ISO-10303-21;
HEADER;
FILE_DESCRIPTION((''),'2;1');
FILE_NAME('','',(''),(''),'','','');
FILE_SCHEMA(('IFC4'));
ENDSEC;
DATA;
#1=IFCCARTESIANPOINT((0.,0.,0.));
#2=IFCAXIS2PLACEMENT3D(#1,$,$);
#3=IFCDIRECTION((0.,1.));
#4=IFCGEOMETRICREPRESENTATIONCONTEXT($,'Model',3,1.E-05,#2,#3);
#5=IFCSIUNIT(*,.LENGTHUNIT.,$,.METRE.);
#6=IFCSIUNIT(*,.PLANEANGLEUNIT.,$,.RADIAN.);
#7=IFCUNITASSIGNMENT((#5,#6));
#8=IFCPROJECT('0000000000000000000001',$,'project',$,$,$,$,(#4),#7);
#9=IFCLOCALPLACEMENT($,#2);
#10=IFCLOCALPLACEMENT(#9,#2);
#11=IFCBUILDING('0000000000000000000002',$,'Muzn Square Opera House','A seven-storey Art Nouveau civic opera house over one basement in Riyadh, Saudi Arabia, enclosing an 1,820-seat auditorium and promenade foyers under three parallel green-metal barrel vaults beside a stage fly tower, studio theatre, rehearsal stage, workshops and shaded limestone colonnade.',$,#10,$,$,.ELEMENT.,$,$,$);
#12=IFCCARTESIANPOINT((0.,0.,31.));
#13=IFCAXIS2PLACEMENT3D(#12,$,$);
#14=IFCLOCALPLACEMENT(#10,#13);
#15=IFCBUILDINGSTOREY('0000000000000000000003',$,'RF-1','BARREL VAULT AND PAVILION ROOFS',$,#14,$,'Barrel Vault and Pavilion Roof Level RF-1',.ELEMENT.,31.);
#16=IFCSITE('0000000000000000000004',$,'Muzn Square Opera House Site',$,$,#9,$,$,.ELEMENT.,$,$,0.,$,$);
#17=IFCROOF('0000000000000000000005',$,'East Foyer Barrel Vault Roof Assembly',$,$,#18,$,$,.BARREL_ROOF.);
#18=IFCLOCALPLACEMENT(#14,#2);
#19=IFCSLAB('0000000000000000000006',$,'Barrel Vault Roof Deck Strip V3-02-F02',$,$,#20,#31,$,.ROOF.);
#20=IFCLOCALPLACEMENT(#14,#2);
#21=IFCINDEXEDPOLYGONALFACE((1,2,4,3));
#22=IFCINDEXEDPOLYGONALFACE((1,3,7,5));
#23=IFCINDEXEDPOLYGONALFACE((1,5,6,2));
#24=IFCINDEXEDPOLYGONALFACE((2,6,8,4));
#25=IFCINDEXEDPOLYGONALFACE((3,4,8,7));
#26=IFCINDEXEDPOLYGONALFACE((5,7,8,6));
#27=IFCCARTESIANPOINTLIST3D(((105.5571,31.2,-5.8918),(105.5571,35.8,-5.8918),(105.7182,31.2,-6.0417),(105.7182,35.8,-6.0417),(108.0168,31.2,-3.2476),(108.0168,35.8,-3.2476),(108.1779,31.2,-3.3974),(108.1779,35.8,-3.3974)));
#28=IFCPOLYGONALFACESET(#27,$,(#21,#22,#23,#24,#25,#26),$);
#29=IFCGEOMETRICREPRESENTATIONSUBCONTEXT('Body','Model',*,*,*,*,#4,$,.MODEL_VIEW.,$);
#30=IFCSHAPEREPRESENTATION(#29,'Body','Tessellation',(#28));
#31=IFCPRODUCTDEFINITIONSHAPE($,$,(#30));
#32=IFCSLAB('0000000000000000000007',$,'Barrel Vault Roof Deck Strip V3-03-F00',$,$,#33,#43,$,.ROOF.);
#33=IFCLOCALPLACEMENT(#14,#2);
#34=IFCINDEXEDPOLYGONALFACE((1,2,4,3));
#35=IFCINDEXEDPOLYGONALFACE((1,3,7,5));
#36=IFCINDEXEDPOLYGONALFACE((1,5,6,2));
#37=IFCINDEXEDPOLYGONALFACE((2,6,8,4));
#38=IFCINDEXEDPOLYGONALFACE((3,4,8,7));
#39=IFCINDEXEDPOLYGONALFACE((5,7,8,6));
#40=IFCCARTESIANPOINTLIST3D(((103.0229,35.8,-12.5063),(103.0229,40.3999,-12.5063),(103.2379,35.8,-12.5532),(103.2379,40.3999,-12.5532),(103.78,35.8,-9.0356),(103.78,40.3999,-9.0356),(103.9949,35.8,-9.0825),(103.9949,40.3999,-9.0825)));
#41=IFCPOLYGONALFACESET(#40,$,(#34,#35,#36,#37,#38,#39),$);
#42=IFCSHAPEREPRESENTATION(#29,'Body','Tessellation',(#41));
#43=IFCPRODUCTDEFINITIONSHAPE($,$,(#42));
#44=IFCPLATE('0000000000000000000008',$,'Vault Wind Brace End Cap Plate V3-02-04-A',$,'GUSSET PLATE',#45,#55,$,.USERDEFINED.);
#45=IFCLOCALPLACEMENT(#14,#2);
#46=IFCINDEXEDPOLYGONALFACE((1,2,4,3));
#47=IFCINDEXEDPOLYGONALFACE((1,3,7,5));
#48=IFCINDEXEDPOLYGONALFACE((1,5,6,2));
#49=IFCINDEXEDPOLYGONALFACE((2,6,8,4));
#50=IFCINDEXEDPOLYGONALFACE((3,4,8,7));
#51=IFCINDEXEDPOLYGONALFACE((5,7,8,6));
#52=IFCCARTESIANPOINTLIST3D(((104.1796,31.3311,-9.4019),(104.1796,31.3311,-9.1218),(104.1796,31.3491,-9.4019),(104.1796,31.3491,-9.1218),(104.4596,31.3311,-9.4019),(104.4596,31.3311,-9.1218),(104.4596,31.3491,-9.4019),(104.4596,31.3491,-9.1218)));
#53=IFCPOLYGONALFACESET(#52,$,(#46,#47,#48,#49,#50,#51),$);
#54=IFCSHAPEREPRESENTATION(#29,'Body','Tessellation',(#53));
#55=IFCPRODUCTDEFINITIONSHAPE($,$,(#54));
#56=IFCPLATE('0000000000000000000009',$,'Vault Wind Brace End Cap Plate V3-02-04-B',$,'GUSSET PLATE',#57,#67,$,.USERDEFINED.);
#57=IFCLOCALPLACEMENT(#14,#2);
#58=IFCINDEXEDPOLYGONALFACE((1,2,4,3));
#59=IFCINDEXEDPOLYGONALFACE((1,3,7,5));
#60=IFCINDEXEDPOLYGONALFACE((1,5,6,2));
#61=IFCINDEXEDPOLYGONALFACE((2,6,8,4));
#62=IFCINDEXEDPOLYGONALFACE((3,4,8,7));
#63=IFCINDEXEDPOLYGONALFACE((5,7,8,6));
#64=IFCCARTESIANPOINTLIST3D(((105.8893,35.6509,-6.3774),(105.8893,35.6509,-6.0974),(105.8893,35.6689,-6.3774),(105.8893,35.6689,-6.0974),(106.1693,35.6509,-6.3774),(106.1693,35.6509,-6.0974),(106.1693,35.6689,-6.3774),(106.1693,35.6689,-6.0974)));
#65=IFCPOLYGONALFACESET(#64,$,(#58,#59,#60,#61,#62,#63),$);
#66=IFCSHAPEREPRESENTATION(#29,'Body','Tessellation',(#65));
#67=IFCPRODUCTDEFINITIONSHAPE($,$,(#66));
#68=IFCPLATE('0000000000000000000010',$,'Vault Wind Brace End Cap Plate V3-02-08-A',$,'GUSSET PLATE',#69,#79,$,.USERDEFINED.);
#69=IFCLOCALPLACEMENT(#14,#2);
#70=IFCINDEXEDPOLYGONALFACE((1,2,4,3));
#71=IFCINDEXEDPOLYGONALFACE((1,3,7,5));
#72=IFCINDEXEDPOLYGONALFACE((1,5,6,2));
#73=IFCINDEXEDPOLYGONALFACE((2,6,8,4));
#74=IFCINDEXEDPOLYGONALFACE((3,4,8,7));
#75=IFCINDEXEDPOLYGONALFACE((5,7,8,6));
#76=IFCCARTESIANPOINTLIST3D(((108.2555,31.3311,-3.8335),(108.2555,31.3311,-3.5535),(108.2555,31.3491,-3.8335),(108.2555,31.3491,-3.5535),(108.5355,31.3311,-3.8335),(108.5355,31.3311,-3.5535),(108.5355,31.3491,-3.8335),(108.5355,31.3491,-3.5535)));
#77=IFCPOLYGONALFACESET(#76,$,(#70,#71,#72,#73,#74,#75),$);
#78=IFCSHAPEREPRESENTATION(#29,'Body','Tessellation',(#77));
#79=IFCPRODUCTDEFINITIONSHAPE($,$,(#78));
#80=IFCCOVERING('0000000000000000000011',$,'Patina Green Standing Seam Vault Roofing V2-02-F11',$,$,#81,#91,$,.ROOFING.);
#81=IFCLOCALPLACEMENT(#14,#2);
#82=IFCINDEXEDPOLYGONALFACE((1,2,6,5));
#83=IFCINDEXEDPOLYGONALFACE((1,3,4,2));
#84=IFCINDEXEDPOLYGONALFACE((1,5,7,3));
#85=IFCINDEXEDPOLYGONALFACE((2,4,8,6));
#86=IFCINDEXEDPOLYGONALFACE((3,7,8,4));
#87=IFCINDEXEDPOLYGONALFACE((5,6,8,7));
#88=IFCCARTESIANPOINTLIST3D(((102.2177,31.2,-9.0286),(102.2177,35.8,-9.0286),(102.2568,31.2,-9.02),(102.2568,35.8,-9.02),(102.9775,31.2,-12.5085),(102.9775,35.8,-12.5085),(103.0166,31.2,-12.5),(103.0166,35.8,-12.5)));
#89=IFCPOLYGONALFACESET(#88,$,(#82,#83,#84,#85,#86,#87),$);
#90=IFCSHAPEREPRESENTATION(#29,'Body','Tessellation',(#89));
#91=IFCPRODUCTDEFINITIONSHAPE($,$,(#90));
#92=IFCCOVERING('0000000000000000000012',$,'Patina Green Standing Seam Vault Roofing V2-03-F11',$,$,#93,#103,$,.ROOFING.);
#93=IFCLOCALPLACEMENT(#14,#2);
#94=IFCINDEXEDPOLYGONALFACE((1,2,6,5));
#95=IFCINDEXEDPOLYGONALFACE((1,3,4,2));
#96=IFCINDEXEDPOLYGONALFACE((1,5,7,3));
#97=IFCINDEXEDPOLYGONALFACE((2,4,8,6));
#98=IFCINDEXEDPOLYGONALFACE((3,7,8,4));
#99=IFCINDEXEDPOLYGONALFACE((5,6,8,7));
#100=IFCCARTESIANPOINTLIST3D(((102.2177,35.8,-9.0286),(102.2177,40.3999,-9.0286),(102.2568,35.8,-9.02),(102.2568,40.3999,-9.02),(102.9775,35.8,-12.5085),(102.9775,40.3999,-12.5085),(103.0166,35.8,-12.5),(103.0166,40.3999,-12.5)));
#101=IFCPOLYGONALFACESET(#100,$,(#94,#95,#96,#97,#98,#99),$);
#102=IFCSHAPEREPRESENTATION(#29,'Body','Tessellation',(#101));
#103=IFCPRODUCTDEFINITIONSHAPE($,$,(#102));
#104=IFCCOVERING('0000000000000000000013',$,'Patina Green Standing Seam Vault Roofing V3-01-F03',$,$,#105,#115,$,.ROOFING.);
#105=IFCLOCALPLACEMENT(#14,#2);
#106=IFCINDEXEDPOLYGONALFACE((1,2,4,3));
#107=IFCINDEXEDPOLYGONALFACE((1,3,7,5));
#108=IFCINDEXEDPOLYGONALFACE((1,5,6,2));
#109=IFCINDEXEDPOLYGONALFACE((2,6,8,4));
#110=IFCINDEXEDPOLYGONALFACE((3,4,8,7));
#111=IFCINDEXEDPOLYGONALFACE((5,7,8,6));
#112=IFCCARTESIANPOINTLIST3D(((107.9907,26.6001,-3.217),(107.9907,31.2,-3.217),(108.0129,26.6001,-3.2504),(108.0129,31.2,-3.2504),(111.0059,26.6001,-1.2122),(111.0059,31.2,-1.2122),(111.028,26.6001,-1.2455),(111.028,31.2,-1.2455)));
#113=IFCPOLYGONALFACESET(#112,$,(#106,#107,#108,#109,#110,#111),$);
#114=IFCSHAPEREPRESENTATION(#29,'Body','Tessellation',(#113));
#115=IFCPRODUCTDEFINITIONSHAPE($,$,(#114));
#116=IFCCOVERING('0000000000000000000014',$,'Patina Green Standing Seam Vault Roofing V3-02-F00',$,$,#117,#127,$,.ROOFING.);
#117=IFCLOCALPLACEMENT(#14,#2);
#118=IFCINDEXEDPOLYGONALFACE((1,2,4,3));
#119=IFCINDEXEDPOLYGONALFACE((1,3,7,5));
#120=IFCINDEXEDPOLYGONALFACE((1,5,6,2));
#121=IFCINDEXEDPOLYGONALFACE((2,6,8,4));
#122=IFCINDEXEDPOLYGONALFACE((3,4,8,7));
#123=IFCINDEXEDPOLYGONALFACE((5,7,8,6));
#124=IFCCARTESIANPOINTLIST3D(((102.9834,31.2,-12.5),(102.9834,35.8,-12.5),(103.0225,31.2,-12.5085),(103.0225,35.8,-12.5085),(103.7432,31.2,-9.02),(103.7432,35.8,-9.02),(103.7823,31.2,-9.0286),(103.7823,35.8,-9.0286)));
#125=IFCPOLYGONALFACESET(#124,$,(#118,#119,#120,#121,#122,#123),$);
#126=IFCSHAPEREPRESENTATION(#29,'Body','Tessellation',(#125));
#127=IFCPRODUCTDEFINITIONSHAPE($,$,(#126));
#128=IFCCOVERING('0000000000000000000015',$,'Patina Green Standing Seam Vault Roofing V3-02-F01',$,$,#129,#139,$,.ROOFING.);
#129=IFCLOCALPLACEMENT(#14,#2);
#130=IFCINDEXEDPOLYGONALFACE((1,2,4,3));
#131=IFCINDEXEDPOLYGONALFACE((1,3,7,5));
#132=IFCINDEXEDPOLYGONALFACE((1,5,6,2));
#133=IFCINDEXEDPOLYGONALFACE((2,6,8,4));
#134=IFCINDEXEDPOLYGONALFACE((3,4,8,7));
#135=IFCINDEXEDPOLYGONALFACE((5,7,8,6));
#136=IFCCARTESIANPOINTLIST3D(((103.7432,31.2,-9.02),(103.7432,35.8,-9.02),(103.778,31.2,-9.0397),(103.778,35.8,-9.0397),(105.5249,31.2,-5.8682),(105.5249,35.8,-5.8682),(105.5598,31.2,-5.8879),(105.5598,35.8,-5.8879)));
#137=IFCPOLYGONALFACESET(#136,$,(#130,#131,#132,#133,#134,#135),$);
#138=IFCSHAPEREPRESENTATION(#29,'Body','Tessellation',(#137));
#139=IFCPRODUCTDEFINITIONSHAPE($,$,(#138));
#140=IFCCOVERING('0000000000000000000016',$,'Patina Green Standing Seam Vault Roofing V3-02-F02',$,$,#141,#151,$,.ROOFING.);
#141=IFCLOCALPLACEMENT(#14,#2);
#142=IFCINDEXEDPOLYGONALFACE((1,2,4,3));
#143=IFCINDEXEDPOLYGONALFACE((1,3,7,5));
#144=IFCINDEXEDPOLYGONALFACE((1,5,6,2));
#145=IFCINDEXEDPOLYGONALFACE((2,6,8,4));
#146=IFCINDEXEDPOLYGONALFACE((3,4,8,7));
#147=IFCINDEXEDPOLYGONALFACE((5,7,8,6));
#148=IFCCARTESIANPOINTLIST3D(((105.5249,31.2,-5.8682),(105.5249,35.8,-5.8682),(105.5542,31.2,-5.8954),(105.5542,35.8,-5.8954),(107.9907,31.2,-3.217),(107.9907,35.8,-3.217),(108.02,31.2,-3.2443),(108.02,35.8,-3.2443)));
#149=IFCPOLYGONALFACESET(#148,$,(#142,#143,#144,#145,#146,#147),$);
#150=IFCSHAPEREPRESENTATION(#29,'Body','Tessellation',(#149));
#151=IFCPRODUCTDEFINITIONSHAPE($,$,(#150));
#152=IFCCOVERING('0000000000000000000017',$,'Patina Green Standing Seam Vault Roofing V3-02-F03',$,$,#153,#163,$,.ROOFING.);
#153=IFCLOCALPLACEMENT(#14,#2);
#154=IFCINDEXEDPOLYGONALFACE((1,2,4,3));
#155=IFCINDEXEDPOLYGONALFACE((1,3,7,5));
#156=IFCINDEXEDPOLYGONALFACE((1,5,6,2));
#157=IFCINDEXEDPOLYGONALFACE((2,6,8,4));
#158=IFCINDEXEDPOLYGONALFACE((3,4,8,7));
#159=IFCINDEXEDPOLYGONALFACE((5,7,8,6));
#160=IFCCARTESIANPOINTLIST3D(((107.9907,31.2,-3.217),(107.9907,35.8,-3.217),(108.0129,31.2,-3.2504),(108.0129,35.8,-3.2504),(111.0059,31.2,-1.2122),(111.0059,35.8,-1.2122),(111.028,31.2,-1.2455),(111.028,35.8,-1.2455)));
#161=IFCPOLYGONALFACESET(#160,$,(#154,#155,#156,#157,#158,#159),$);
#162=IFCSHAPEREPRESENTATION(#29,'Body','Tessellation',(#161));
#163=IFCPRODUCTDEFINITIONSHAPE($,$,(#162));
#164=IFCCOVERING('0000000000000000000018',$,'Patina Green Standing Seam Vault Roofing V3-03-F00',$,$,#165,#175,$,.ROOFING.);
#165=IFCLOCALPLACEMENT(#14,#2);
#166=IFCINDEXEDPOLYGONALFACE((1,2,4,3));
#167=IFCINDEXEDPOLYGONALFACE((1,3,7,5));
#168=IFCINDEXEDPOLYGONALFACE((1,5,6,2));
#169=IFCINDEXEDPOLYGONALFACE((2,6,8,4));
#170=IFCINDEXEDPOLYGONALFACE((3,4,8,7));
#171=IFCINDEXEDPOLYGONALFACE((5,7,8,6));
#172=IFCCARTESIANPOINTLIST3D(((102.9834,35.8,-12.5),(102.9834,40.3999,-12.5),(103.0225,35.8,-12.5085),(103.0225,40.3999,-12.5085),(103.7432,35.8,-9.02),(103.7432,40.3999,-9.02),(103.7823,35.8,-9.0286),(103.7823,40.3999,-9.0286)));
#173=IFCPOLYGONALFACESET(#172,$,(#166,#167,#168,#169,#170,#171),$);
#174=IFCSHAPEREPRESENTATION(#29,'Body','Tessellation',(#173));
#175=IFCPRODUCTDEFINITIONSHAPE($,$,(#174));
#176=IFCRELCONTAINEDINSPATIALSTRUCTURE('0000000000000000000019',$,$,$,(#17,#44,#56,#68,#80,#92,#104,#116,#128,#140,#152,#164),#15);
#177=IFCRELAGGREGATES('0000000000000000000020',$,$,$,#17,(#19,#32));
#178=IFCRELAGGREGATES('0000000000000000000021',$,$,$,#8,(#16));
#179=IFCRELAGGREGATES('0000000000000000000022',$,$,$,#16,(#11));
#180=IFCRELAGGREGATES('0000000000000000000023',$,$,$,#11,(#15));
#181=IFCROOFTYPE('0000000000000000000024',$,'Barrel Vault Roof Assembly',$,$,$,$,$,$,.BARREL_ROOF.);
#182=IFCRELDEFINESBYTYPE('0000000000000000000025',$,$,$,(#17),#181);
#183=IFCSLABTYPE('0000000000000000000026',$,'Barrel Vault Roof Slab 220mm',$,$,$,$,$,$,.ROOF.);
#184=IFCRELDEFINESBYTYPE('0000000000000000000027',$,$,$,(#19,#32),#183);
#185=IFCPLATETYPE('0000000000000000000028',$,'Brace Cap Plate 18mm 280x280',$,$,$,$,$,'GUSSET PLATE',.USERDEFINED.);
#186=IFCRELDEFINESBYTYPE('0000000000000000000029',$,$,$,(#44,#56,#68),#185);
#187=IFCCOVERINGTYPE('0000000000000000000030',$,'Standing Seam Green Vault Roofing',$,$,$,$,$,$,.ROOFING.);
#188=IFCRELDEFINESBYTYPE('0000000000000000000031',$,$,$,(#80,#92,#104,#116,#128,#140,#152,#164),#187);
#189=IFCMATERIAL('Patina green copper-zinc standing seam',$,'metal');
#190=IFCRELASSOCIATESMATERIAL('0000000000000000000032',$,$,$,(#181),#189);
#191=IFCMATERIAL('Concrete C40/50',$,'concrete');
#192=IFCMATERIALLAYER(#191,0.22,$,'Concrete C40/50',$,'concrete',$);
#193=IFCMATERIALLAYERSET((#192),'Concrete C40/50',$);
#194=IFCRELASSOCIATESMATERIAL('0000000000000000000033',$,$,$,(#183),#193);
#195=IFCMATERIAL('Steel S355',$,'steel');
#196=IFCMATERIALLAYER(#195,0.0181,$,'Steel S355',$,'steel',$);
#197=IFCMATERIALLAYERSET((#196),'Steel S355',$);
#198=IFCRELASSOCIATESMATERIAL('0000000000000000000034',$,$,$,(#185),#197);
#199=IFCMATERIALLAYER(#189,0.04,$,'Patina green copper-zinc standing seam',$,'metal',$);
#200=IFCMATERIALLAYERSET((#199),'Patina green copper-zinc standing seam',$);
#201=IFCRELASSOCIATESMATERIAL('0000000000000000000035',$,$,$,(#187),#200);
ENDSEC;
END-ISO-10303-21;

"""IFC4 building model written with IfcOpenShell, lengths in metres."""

from ifc_helpers import new_model, si_unit, direction, frame, origin, origin_2d, place, context, subcontext, project, spatial, polyline, rectangle, outline, extrude, material, layer, layer_set, type_object, element, aggregate, save


model = new_model("IFC4")

# Units and contexts
model_context = context("Model", 3, precision=1e-05, world=origin(), true_north=direction((0.0, 1.0)))
body_context = subcontext(model_context, "Body", "Model", "MODEL_VIEW")
ifc_project = project(units=[si_unit("LENGTHUNIT", "METRE"), si_unit("PLANEANGLEUNIT", "RADIAN")], contexts=[model_context])

# Site, building, storey
site_placement = place(None, origin())
site = spatial("IfcSite", under=ifc_project, at=site_placement, Name="Muzn Square Opera House Site", CompositionType="ELEMENT", RefElevation=0.0)
building_placement = place(site_placement, origin())
building = spatial("IfcBuilding", under=site, at=building_placement, Name="Muzn Square Opera House", Description="A seven-storey Art Nouveau civic opera house over one basement in Riyadh, Saudi Arabia, enclosing an 1,820-seat auditorium and promenade foyers under three parallel green-metal barrel vaults beside a stage fly tower, studio theatre, rehearsal stage, workshops and shaded limestone colonnade.", CompositionType="ELEMENT")
storey_placement = place(building_placement, frame((0.0, 0.0, 31.0)))
storey = spatial("IfcBuildingStorey", under=building, at=storey_placement, Name="RF-1", Description="BARREL VAULT AND PAVILION ROOFS", LongName="Barrel Vault and Pavilion Roof Level RF-1", CompositionType="ELEMENT", Elevation=31.0)

# Shared definitions
ifc_material_1 = material(Name="Steel S355", Category="steel")

# Roof, slabs
ifc_material_2 = material(Name="Patina green copper-zinc standing seam", Category="metal")
roof_type = type_object("IfcRoofType", Name="Barrel Vault Roof Assembly", PredefinedType="BARREL_ROOF", material=ifc_material_2)
roof_placement = place(storey_placement, origin())
roof = element("IfcRoof", 1, at=roof_placement, inside=storey, type_object=roof_type, Name="East Foyer Barrel Vault Roof Assembly", PredefinedType="BARREL_ROOF")
ifc_material_3 = material(Name="Concrete C40/50", Category="concrete")
ifc_layer_1 = layer(ifc_material_3, 0.22, Name="Concrete C40/50", Category="concrete")
ifc_layer_set_1 = layer_set([ifc_layer_1], Name="Concrete C40/50")
slab_type = type_object("IfcSlabType", Name="Barrel Vault Roof Slab 220mm", PredefinedType="ROOF", material=ifc_layer_set_1)
slab_1_placement = place(storey_placement, frame((108.0168, 31.2, -3.2476), z_axis=(-0.732198, 0.0, 0.681091), x_axis=(0.0, 1.0, 0.0)))
slab_1 = element("IfcSlab", 2, at=slab_1_placement, type_object=slab_type, Name="Barrel Vault Roof Deck Strip V3-02-F02", PredefinedType="ROOF", context=body_context, shape_type="SweptSolid", body=[
    extrude(outline(polyline([(0.0, 3.6114), (0.0, 0.0), (4.6001, 0.0), (4.6001, 3.6114), (0.0, 3.6114)])), origin(), (0.0, 0.0, -1.0), 0.22),
])
slab_2_placement = place(storey_placement, frame((103.78, 35.8, -9.0356), z_axis=(-0.977025, 0.0, 0.213123), x_axis=(0.0, 1.0, 0.0)))
slab_2 = element("IfcSlab", 3, at=slab_2_placement, type_object=slab_type, Name="Barrel Vault Roof Deck Strip V3-03-F00", PredefinedType="ROOF", context=body_context, shape_type="SweptSolid", body=[
    extrude(outline(polyline([(0.0, 3.5523), (0.0, 0.0), (4.5999, 0.0), (4.5999, 3.5523), (0.0, 3.5523)])), origin(), (0.0, 0.0, -1.0), 0.22),
])
aggregate(roof, [slab_1, slab_2])

# Plates
ifc_layer_2 = layer(ifc_material_1, 0.0181, Name="Steel S355", Category="steel")
ifc_layer_set_2 = layer_set([ifc_layer_2], Name="Steel S355")
plate_type = type_object("IfcPlateType", Name="Brace Cap Plate 18mm 280x280", ElementType="GUSSET PLATE", PredefinedType="USERDEFINED", material=ifc_layer_set_2)
for number, where, z_axis, x_axis, name in (
    (4, (104.3196, 31.3401, -9.4019), (0.0, 0.0, 1.0), (1.0, 0.0, 0.0), "Vault Wind Brace End Cap Plate V3-02-04-A"),
    (5, (106.0293, 35.6599, -6.3774), (0.0, 0.0, 1.0), (1.0, 0.0, 0.0), "Vault Wind Brace End Cap Plate V3-02-04-B"),
    (6, (108.3955, 31.3401, -3.8335), (0.0, 0.0, 1.0), (1.0, 0.0, 0.0), "Vault Wind Brace End Cap Plate V3-02-08-A"),
):
    element("IfcPlate", number, at=place(storey_placement, frame(where, z_axis=z_axis, x_axis=x_axis)), inside=storey, type_object=plate_type, Name=name, ObjectType="GUSSET PLATE", PredefinedType="USERDEFINED", context=body_context, shape_type="SweptSolid", body=[
        extrude(rectangle(XDim=0.28, YDim=0.0181, at=origin_2d()), origin(), (0.0, 0.0, 1.0), 0.28),
    ])

# Coverings
ifc_layer_3 = layer(ifc_material_2, 0.04, Name="Patina green copper-zinc standing seam", Category="metal")
ifc_layer_set_3 = layer_set([ifc_layer_3], Name="Patina green copper-zinc standing seam")
covering_type = type_object("IfcCoveringType", Name="Standing Seam Green Vault Roofing", PredefinedType="ROOFING", material=ifc_layer_set_3)
covering_1_placement = place(storey_placement, frame((102.2568, 31.2, -9.02), z_axis=(0.976987, 0.0, 0.2133), x_axis=(0.2133, 0.0, -0.976987)))
element("IfcCovering", 7, at=covering_1_placement, inside=storey, type_object=covering_type, Name="Patina Green Standing Seam Vault Roofing V2-02-F11", PredefinedType="ROOFING", context=body_context, shape_type="SweptSolid", body=[
    extrude(outline(polyline([(0.0, 0.0), (3.562, 0.0), (3.562, 4.6001), (0.0, 4.6001), (0.0, 0.0)])), origin(), (0.0, 0.0, -1.0), 0.04),
])
covering_2_placement = place(storey_placement, frame((102.2568, 35.8, -9.02), z_axis=(0.976987, 0.0, 0.2133), x_axis=(0.2133, 0.0, -0.976987)))
element("IfcCovering", 8, at=covering_2_placement, inside=storey, type_object=covering_type, Name="Patina Green Standing Seam Vault Roofing V2-03-F11", PredefinedType="ROOFING", context=body_context, shape_type="SweptSolid", body=[
    extrude(outline(polyline([(0.0, 0.0), (3.562, 0.0), (3.562, 4.5999), (0.0, 4.5999), (0.0, 0.0)])), origin(), (0.0, 0.0, -1.0), 0.04),
])
covering_3_placement = place(storey_placement, frame((111.0059, 26.6001, -1.2122), z_axis=(-0.553704, 0.0, 0.832714), x_axis=(0.0, 1.0, 0.0)))
element("IfcCovering", 9, at=covering_3_placement, inside=storey, type_object=covering_type, Name="Patina Green Standing Seam Vault Roofing V3-01-F03", PredefinedType="ROOFING", context=body_context, shape_type="SweptSolid", body=[
    extrude(outline(polyline([(0.0, 3.6209), (0.0, 0.0), (4.5999, 0.0), (4.5999, 3.6209), (0.0, 3.6209)])), origin(), (0.0, 0.0, -1.0), 0.04),
])
covering_4_placement = place(storey_placement, frame((103.7432, 31.2, -9.02), z_axis=(-0.976987, 0.0, 0.2133), x_axis=(0.0, 1.0, 0.0)))
element("IfcCovering", 10, at=covering_4_placement, inside=storey, type_object=covering_type, Name="Patina Green Standing Seam Vault Roofing V3-02-F00", PredefinedType="ROOFING", context=body_context, shape_type="SweptSolid", body=[
    extrude(outline(polyline([(0.0, 3.562), (0.0, 0.0), (4.6001, 0.0), (4.6001, 3.562), (0.0, 3.562)])), origin(), (0.0, 0.0, -1.0), 0.04),
])
covering_5_placement = place(storey_placement, frame((105.5249, 31.2, -5.8682), z_axis=(-0.870533, 0.0, 0.492111), x_axis=(0.0, 1.0, 0.0)))
element("IfcCovering", 11, at=covering_5_placement, inside=storey, type_object=covering_type, Name="Patina Green Standing Seam Vault Roofing V3-02-F01", PredefinedType="ROOFING", context=body_context, shape_type="SweptSolid", body=[
    extrude(outline(polyline([(0.0, 3.6206), (0.0, 0.0), (4.6001, 0.0), (4.6001, 3.6206), (0.0, 3.6206)])), origin(), (0.0, 0.0, -1.0), 0.04),
])
covering_6_placement = place(storey_placement, frame((107.9907, 31.2, -3.217), z_axis=(-0.732234, 0.0, 0.681053), x_axis=(0.0, 1.0, 0.0)))
element("IfcCovering", 12, at=covering_6_placement, inside=storey, type_object=covering_type, Name="Patina Green Standing Seam Vault Roofing V3-02-F02", PredefinedType="ROOFING", context=body_context, shape_type="SweptSolid", body=[
    extrude(outline(polyline([(0.0, 3.6206), (0.0, 0.0), (4.6001, 0.0), (4.6001, 3.6206), (0.0, 3.6206)])), origin(), (0.0, 0.0, -1.0), 0.04),
])
covering_7_placement = place(storey_placement, frame((111.0059, 31.2, -1.2122), z_axis=(-0.553704, 0.0, 0.832714), x_axis=(0.0, 1.0, 0.0)))
element("IfcCovering", 13, at=covering_7_placement, inside=storey, type_object=covering_type, Name="Patina Green Standing Seam Vault Roofing V3-02-F03", PredefinedType="ROOFING", context=body_context, shape_type="SweptSolid", body=[
    extrude(outline(polyline([(0.0, 3.6209), (0.0, 0.0), (4.6001, 0.0), (4.6001, 3.6209), (0.0, 3.6209)])), origin(), (0.0, 0.0, -1.0), 0.04),
])
covering_8_placement = place(storey_placement, frame((103.7432, 35.8, -9.02), z_axis=(-0.976987, 0.0, 0.2133), x_axis=(0.0, 1.0, 0.0)))
element("IfcCovering", 14, at=covering_8_placement, inside=storey, type_object=covering_type, Name="Patina Green Standing Seam Vault Roofing V3-03-F00", PredefinedType="ROOFING", context=body_context, shape_type="SweptSolid", body=[
    extrude(outline(polyline([(0.0, 3.562), (0.0, 0.0), (4.5999, 0.0), (4.5999, 3.562), (0.0, 3.562)])), origin(), (0.0, 0.0, -1.0), 0.04),
])

save(model, "model.ifc")
